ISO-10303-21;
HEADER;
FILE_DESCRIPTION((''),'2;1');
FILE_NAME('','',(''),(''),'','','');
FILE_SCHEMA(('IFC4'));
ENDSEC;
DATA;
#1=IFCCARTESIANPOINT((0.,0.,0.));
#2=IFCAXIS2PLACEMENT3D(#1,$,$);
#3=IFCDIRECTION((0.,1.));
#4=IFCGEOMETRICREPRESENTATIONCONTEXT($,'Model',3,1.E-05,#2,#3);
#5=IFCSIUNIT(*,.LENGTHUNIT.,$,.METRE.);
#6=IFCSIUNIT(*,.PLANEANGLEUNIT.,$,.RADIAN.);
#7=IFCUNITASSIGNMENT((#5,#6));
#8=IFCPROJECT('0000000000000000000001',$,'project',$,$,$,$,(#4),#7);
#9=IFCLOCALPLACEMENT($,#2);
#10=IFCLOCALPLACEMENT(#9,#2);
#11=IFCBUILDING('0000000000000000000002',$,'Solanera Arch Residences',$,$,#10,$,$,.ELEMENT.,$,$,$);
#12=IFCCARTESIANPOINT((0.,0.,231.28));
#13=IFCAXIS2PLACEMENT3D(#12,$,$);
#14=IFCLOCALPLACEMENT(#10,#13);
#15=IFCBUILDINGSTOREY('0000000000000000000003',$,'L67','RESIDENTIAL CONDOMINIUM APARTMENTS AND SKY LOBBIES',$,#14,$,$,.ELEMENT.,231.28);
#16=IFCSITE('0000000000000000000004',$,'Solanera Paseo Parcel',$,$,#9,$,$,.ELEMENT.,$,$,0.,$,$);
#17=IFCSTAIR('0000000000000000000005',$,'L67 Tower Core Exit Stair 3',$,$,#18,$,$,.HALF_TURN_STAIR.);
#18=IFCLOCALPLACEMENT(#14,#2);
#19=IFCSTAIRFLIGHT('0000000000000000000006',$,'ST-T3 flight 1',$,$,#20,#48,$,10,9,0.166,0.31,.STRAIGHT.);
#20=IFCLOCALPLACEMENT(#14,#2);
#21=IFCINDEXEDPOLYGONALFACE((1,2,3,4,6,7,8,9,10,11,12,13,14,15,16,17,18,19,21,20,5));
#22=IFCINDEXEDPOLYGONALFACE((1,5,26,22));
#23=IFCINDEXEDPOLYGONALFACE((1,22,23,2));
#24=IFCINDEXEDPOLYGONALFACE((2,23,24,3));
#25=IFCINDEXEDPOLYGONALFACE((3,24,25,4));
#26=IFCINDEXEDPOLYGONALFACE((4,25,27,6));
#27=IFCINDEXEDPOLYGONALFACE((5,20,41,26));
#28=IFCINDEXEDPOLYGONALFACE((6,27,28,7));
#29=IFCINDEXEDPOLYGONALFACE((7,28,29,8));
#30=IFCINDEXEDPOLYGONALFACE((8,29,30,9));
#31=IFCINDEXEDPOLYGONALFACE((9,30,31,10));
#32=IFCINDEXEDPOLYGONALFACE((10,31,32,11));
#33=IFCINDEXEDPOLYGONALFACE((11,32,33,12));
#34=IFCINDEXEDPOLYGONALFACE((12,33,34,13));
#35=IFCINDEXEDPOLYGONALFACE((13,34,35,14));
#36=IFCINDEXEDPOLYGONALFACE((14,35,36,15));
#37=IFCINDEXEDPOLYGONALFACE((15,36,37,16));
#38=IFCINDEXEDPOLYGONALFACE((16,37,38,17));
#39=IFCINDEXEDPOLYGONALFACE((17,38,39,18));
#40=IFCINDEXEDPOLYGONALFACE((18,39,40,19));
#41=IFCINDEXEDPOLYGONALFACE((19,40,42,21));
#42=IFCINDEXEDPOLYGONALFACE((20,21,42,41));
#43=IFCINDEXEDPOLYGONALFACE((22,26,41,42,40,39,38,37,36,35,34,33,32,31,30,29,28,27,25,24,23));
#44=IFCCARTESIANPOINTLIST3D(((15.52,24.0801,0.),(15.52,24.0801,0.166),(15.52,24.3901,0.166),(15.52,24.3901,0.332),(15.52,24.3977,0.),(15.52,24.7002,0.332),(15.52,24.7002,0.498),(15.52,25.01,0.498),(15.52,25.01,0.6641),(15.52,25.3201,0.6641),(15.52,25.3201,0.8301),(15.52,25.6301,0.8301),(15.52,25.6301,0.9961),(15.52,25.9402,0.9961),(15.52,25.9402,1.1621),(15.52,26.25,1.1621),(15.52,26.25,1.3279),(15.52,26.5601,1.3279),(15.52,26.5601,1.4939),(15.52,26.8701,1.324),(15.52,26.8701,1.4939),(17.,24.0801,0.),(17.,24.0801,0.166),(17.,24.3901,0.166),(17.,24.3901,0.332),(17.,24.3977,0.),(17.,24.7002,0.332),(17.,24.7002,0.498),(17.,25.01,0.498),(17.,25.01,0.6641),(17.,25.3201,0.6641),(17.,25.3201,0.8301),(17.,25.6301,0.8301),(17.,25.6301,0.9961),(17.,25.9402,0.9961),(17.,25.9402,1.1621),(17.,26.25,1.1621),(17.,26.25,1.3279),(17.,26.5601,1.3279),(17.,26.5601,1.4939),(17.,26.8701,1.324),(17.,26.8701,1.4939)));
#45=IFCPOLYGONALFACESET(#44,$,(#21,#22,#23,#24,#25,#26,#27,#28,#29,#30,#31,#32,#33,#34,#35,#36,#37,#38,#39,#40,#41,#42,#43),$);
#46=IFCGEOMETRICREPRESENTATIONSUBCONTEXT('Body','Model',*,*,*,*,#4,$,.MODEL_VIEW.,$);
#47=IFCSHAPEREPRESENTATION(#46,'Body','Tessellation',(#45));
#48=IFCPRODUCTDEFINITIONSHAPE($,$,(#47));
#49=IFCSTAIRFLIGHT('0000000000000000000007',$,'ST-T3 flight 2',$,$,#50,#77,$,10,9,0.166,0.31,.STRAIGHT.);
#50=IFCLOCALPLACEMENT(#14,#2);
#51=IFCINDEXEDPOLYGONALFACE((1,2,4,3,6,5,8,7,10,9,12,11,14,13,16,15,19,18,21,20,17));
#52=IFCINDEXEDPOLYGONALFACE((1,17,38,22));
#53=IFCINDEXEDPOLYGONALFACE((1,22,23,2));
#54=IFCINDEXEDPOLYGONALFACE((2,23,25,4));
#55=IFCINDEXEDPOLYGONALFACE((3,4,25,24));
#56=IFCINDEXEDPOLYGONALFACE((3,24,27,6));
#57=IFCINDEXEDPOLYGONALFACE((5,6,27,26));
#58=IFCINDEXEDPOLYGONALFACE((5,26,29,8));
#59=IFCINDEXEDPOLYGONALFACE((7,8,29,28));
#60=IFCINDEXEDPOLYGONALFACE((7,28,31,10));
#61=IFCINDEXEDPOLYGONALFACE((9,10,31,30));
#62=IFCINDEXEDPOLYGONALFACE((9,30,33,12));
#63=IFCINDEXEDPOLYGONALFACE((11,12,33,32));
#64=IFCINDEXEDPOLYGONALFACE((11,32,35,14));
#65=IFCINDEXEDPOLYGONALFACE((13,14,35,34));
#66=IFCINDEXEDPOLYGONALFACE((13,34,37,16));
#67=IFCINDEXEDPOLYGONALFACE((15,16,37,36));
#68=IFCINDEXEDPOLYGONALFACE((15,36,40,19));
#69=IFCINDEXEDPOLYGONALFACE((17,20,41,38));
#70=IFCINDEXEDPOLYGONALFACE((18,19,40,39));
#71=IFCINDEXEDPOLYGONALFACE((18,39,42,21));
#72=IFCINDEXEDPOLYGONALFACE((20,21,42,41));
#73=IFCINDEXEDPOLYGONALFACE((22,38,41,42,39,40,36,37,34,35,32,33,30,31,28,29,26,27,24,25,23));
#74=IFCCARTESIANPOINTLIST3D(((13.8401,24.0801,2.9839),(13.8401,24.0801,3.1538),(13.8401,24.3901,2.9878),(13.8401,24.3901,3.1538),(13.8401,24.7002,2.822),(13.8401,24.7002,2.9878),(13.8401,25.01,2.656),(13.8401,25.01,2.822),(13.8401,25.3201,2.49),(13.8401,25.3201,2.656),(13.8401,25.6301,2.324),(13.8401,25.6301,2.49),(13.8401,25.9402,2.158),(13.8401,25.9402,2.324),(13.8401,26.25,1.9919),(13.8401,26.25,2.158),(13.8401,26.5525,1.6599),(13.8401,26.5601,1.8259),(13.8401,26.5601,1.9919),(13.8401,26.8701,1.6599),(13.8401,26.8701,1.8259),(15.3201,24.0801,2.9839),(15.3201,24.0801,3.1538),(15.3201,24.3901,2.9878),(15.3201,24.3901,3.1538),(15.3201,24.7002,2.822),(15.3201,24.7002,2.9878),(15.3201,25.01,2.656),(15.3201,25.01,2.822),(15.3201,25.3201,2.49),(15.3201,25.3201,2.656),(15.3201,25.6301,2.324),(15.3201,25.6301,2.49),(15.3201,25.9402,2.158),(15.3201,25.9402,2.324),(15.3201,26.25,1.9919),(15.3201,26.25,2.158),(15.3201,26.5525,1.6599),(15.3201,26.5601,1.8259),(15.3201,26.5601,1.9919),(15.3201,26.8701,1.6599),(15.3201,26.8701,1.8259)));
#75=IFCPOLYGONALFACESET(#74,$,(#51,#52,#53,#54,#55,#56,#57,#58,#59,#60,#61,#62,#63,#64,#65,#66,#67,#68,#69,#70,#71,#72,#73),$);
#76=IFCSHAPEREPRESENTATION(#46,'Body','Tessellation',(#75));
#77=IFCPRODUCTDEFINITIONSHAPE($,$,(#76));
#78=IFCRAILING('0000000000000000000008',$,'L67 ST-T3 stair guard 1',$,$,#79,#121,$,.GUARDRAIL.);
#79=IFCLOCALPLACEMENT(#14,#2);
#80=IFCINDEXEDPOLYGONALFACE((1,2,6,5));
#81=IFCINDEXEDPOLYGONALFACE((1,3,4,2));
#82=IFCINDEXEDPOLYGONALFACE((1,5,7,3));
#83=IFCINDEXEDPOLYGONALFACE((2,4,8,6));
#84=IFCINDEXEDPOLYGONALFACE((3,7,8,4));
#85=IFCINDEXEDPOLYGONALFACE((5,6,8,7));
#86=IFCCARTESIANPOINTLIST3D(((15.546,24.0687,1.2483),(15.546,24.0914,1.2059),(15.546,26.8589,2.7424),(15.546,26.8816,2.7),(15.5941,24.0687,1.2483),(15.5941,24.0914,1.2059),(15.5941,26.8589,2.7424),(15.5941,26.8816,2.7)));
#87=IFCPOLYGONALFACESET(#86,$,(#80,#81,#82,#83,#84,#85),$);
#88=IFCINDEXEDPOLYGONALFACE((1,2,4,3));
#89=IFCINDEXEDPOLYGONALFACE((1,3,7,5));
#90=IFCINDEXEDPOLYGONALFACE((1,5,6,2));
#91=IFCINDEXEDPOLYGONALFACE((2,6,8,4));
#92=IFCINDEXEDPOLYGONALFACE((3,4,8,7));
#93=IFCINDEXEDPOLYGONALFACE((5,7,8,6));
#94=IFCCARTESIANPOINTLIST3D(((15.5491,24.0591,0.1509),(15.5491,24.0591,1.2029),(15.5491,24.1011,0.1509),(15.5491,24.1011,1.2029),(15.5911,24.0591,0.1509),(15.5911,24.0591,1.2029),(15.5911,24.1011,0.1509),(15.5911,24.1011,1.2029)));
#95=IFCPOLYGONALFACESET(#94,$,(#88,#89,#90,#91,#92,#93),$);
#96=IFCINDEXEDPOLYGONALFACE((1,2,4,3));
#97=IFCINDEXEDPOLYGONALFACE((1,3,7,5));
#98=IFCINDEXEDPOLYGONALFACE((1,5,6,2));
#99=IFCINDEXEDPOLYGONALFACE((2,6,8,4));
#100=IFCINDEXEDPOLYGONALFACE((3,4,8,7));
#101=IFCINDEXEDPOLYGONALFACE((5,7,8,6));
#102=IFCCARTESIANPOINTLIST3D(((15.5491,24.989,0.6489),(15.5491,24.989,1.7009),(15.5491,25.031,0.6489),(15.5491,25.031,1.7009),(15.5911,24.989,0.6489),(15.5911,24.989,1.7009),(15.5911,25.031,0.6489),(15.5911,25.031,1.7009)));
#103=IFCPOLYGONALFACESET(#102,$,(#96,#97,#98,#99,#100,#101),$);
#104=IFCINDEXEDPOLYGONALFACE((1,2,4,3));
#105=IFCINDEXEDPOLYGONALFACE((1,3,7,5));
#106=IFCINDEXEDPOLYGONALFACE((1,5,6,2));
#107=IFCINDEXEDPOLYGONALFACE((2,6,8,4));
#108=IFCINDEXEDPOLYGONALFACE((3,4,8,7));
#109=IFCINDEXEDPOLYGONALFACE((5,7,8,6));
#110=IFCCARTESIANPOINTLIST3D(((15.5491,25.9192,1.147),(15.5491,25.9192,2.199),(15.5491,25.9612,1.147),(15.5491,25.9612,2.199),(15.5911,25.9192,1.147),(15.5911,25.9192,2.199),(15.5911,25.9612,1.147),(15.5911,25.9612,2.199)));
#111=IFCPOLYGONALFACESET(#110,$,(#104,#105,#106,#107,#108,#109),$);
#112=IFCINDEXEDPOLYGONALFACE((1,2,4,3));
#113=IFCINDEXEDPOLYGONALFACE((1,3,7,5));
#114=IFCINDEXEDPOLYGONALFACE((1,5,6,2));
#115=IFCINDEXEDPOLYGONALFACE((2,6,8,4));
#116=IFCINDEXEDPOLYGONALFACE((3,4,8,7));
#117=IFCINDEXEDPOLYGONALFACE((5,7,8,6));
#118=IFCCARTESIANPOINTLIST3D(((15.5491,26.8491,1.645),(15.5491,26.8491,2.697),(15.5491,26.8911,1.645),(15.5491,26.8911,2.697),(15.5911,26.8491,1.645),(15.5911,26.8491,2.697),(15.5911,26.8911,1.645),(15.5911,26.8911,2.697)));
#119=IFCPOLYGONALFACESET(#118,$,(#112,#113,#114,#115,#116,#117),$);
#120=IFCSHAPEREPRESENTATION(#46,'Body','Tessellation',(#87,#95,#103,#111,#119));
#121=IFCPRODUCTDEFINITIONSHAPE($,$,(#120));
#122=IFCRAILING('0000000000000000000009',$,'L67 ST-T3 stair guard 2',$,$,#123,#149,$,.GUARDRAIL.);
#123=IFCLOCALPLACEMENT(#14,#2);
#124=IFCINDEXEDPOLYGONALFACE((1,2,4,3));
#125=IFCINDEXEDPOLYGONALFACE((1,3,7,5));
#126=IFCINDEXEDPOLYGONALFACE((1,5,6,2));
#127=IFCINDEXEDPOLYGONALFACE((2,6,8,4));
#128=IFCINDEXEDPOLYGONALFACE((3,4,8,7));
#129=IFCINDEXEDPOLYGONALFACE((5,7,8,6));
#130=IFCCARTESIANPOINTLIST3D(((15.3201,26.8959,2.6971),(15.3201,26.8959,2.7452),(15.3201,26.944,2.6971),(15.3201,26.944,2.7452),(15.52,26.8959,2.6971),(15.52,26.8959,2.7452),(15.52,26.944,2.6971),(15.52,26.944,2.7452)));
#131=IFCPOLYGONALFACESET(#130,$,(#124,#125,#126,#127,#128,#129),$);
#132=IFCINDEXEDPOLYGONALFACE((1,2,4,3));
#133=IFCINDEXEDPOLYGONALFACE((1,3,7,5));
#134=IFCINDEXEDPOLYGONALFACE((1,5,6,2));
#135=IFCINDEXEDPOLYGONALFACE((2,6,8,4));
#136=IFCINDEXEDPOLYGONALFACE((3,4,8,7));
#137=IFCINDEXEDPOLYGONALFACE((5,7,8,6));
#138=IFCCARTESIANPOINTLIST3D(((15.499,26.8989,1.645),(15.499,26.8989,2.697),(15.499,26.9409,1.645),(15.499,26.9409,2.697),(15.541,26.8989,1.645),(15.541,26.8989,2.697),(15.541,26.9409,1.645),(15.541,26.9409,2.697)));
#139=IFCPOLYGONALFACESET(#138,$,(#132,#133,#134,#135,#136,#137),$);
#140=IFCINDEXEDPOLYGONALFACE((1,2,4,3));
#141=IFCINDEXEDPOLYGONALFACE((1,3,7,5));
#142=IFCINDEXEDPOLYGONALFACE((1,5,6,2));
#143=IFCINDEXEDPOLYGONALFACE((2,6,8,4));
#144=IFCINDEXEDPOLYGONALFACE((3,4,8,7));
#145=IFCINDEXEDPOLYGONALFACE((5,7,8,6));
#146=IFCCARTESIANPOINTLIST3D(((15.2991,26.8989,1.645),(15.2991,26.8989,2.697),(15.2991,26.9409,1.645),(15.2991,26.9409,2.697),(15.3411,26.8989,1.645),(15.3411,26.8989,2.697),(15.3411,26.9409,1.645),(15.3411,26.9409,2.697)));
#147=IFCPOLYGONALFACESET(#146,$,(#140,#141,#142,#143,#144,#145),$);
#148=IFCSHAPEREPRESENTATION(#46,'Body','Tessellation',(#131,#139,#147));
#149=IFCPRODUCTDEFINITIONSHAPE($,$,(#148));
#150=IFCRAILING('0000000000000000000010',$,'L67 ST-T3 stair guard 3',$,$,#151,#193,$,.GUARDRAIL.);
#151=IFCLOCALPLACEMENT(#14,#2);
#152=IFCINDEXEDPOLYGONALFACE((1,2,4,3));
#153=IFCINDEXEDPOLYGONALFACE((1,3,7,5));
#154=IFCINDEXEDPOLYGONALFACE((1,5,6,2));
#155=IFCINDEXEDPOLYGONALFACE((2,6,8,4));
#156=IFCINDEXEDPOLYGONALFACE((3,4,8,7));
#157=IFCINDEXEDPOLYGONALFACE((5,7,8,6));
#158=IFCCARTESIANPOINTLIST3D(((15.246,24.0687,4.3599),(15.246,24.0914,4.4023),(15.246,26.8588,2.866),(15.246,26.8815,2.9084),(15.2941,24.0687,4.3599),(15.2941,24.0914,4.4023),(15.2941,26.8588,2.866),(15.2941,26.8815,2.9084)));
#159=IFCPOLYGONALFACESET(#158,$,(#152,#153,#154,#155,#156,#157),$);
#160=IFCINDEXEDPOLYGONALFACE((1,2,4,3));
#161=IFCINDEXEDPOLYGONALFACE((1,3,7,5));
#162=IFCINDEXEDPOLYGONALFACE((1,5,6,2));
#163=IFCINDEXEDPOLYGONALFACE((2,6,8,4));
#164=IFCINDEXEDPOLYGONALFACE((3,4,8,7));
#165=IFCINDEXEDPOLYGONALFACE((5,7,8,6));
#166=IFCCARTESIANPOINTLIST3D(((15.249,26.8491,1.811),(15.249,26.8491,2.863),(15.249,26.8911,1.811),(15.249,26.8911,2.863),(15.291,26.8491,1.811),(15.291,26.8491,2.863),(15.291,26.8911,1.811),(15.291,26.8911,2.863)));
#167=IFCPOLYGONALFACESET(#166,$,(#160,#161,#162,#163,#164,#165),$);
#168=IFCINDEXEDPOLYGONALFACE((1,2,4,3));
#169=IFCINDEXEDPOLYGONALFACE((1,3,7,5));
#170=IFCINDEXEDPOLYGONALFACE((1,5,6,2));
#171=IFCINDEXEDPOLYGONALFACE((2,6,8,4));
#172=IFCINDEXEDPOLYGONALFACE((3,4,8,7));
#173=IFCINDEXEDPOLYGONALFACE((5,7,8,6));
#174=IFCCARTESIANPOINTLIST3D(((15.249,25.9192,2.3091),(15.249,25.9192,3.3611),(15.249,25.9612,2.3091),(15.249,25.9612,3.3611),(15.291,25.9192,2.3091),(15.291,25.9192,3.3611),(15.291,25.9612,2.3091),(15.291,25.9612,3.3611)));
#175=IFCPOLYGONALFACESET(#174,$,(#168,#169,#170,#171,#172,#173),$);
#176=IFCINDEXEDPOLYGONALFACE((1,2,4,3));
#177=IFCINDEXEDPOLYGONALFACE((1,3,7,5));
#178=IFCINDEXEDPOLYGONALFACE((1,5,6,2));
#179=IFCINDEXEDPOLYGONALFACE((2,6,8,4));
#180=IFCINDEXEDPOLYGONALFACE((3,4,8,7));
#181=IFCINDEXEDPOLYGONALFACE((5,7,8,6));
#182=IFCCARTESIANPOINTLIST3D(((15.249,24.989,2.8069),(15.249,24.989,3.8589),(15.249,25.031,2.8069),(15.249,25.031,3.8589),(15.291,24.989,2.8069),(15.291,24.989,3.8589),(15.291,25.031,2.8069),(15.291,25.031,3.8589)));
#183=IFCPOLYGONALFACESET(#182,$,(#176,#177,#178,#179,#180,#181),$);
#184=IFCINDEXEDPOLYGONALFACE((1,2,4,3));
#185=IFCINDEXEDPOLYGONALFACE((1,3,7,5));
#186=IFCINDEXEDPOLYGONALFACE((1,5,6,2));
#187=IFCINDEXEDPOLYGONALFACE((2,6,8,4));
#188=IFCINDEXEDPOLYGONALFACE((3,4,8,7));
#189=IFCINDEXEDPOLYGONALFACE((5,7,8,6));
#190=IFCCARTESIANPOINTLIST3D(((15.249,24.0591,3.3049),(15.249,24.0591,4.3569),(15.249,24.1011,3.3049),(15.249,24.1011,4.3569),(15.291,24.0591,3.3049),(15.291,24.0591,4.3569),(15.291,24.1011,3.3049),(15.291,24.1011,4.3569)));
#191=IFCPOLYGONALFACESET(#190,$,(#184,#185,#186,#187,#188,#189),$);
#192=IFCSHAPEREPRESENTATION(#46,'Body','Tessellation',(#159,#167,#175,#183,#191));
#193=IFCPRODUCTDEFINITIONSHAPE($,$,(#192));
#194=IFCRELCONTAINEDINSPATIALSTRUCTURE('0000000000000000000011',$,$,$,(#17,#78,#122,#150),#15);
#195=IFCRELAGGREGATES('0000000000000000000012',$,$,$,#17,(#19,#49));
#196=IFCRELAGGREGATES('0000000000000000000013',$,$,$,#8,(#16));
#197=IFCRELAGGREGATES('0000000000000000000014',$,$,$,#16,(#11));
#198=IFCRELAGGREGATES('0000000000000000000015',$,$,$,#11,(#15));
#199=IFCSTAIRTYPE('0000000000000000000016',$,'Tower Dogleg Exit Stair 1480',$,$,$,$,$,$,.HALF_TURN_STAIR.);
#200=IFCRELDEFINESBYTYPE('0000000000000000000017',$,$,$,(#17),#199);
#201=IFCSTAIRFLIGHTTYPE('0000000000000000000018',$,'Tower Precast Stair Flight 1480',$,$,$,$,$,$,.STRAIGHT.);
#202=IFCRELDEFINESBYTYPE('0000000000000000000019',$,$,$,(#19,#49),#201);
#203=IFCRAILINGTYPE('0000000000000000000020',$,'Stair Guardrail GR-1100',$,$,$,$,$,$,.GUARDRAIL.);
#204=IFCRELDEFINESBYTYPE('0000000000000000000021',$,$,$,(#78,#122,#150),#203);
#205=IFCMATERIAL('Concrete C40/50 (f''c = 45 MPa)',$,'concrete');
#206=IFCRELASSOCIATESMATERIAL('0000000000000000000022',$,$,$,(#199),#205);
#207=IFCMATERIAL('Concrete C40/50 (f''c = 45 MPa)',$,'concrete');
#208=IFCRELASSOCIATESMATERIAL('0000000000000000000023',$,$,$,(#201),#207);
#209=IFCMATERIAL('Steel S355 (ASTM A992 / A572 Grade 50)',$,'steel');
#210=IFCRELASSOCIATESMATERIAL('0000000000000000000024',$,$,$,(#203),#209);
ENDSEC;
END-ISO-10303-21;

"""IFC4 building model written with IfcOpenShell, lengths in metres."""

from ifc_helpers import new_model, si_unit, direction, frame, origin, origin_2d, place, context, subcontext, project, spatial, polyline, rectangle, outline, extrude, material, type_object, element, aggregate, save


model = new_model("IFC4")

# Units and contexts
model_context = context("Model", 3, precision=1e-05, world=origin(), true_north=direction((0.0, 1.0)))
body_context = subcontext(model_context, "Body", "Model", "MODEL_VIEW")
ifc_project = project(units=[si_unit("LENGTHUNIT", "METRE"), si_unit("PLANEANGLEUNIT", "RADIAN")], contexts=[model_context])

# Site, building, storey
site_placement = place(None, origin())
site = spatial("IfcSite", under=ifc_project, at=site_placement, Name="Solanera Paseo Parcel", CompositionType="ELEMENT", RefElevation=0.0)
building_placement = place(site_placement, origin())
building = spatial("IfcBuilding", under=site, at=building_placement, Name="Solanera Arch Residences", CompositionType="ELEMENT")
storey_placement = place(building_placement, frame((0.0, 0.0, 231.28)))
storey = spatial("IfcBuildingStorey", under=building, at=storey_placement, Name="L67", Description="RESIDENTIAL CONDOMINIUM APARTMENTS AND SKY LOBBIES", CompositionType="ELEMENT", Elevation=231.28)

# Stair, stair flights
ifc_material_1 = material(Name="Concrete C40/50 (f'c = 45 MPa)", Category="concrete")
stair_type = type_object("IfcStairType", Name="Tower Dogleg Exit Stair 1480", PredefinedType="HALF_TURN_STAIR", material=ifc_material_1)
stair_placement = place(storey_placement, origin())
stair = element("IfcStair", 1, at=stair_placement, inside=storey, type_object=stair_type, Name="L67 Tower Core Exit Stair 3", PredefinedType="HALF_TURN_STAIR")
ifc_material_2 = material(Name="Concrete C40/50 (f'c = 45 MPa)", Category="concrete")
stair_flight_type = type_object("IfcStairFlightType", Name="Tower Precast Stair Flight 1480", PredefinedType="STRAIGHT", material=ifc_material_2)
stair_flight_1_placement = place(storey_placement, frame((16.26, 24.0801, 0.0), z_axis=(0.0, 0.0, 1.0), x_axis=(0.0, 1.0, 0.0)))
stair_flight_1 = element("IfcStairFlight", 2, at=stair_flight_1_placement, type_object=stair_flight_type, Name="ST-T3 flight 1", NumberOfRisers=10, NumberOfTreads=9, PredefinedType="STRAIGHT", RiserHeight=0.166, TreadLength=0.31, context=body_context, shape_type="SweptSolid", body=[
    extrude(outline(polyline([(0.0, 0.0), (0.0, 0.166), (0.3101, 0.166), (0.3101, 0.332), (0.6201, 0.332), (0.6201, 0.498), (0.9299, 0.498), (0.9299, 0.6641), (1.24, 0.6641), (1.24, 0.8301), (1.55, 0.8301), (1.55, 0.9961), (1.8601, 0.9961), (1.8601, 1.1621), (2.1699, 1.1621), (2.1699, 1.3279), (2.48, 1.3279), (2.48, 1.4939), (2.79, 1.4939), (2.79, 1.6599), (2.79, 1.324), (0.3176, 0.0), (0.0, 0.0)])), frame((0.0, 0.74, 0.0), z_axis=(0.0, -1.0, 0.0), x_axis=(1.0, 0.0, 0.0)), (0.0, 0.0, 1.0), 1.48),
])
stair_flight_2_placement = place(storey_placement, frame((14.5801, 26.8701, 1.6599), z_axis=(0.0, 0.0, 1.0), x_axis=(0.0, -1.0, 0.0)))
stair_flight_2 = element("IfcStairFlight", 3, at=stair_flight_2_placement, type_object=stair_flight_type, Name="ST-T3 flight 2", NumberOfRisers=10, NumberOfTreads=9, PredefinedType="STRAIGHT", RiserHeight=0.166, TreadLength=0.31, context=body_context, shape_type="SweptSolid", body=[
    extrude(outline(polyline([(0.0, 0.0), (0.0, 0.166), (0.3101, 0.166), (0.3101, 0.332), (0.6201, 0.332), (0.6201, 0.498), (0.9299, 0.498), (0.9299, 0.6641), (1.24, 0.6641), (1.24, 0.8301), (1.55, 0.8301), (1.55, 0.9961), (1.8601, 0.9961), (1.8601, 1.1621), (2.1699, 1.1621), (2.1699, 1.3279), (2.48, 1.3279), (2.48, 1.4939), (2.79, 1.4939), (2.79, 1.6599), (2.79, 1.324), (0.3176, 0.0), (0.0, 0.0)])), frame((0.0, 0.74, 0.0), z_axis=(0.0, -1.0, 0.0), x_axis=(1.0, 0.0, 0.0)), (0.0, 0.0, 1.0), 1.48),
])
aggregate(stair, [stair_flight_1, stair_flight_2])

# Railings
ifc_material_3 = material(Name="Steel S355 (ASTM A992 / A572 Grade 50)", Category="steel")
railing_type_1 = type_object("IfcRailingType", Name="Stair Guardrail GR-1100", PredefinedType="GUARDRAIL", material=ifc_material_3)
railing_1_placement = place(storey_placement, frame((15.5701, 24.0801, 0.1509)))
element("IfcRailing", 4, at=railing_1_placement, inside=storey, type_object=railing_type_1, Name="L67 ST-T3 stair guard 1", PredefinedType="GUARDRAIL", context=body_context, shape_type="SweptSolid", body=[
    extrude(rectangle(XDim=0.0481, YDim=0.0481, at=origin_2d()), frame((0.0, 0.0, 1.0762), z_axis=(0.0, 0.881549, 0.472093), x_axis=(-1.0, 0.0, 0.0)), (0.0, 0.0, 1.0), 3.165),
    extrude(rectangle(XDim=0.042, YDim=0.042, at=origin_2d()), origin(), (0.0, 0.0, 1.0), 1.052),
    extrude(rectangle(XDim=0.042, YDim=0.042, at=origin_2d()), frame((0.0, 0.9299, 0.498)), (0.0, 0.0, 1.0), 1.052),
    extrude(rectangle(XDim=0.042, YDim=0.042, at=origin_2d()), frame((0.0, 1.8601, 0.9961)), (0.0, 0.0, 1.0), 1.052),
    extrude(rectangle(XDim=0.042, YDim=0.042, at=origin_2d()), frame((0.0, 2.79, 1.4941)), (0.0, 0.0, 1.0), 1.052),
])
railing_2_placement = place(storey_placement, frame((15.52, 26.9199, 1.645)))
element("IfcRailing", 5, at=railing_2_placement, inside=storey, type_object=railing_type_1, Name="L67 ST-T3 stair guard 2", PredefinedType="GUARDRAIL", context=body_context, shape_type="SweptSolid", body=[
    extrude(rectangle(XDim=0.0481, YDim=0.0481, at=origin_2d()), frame((0.0, 0.0, 1.0762), z_axis=(-1.0, 0.0, 0.0), x_axis=(0.0, -1.0, 0.0)), (0.0, 0.0, 1.0), 0.2),
    extrude(rectangle(XDim=0.042, YDim=0.042, at=origin_2d()), origin(), (0.0, 0.0, 1.0), 1.052),
    extrude(rectangle(XDim=0.042, YDim=0.042, at=origin_2d()), frame((-0.2, 0.0, 0.0)), (0.0, 0.0, 1.0), 1.052),
])
railing_3_placement = place(storey_placement, frame((15.27, 26.8701, 1.811)))
element("IfcRailing", 6, at=railing_3_placement, inside=storey, type_object=railing_type_1, Name="L67 ST-T3 stair guard 3", PredefinedType="GUARDRAIL", context=body_context, shape_type="SweptSolid", body=[
    extrude(rectangle(XDim=0.0481, YDim=0.0481, at=origin_2d()), frame((0.0, 0.0, 1.0762), z_axis=(0.0, -0.881581, 0.472033), x_axis=(1.0, 0.0, 0.0)), (0.0, 0.0, 1.0), 3.1648),
    extrude(rectangle(XDim=0.042, YDim=0.042, at=origin_2d()), origin(), (0.0, 0.0, 1.0), 1.052),
    extrude(rectangle(XDim=0.042, YDim=0.042, at=origin_2d()), frame((0.0, -0.9299, 0.498)), (0.0, 0.0, 1.0), 1.052),
    extrude(rectangle(XDim=0.042, YDim=0.042, at=origin_2d()), frame((0.0, -1.8601, 0.9958)), (0.0, 0.0, 1.0), 1.052),
    extrude(rectangle(XDim=0.042, YDim=0.042, at=origin_2d()), frame((0.0, -2.79, 1.4939)), (0.0, 0.0, 1.0), 1.052),
])

save(model, "model.ifc")
